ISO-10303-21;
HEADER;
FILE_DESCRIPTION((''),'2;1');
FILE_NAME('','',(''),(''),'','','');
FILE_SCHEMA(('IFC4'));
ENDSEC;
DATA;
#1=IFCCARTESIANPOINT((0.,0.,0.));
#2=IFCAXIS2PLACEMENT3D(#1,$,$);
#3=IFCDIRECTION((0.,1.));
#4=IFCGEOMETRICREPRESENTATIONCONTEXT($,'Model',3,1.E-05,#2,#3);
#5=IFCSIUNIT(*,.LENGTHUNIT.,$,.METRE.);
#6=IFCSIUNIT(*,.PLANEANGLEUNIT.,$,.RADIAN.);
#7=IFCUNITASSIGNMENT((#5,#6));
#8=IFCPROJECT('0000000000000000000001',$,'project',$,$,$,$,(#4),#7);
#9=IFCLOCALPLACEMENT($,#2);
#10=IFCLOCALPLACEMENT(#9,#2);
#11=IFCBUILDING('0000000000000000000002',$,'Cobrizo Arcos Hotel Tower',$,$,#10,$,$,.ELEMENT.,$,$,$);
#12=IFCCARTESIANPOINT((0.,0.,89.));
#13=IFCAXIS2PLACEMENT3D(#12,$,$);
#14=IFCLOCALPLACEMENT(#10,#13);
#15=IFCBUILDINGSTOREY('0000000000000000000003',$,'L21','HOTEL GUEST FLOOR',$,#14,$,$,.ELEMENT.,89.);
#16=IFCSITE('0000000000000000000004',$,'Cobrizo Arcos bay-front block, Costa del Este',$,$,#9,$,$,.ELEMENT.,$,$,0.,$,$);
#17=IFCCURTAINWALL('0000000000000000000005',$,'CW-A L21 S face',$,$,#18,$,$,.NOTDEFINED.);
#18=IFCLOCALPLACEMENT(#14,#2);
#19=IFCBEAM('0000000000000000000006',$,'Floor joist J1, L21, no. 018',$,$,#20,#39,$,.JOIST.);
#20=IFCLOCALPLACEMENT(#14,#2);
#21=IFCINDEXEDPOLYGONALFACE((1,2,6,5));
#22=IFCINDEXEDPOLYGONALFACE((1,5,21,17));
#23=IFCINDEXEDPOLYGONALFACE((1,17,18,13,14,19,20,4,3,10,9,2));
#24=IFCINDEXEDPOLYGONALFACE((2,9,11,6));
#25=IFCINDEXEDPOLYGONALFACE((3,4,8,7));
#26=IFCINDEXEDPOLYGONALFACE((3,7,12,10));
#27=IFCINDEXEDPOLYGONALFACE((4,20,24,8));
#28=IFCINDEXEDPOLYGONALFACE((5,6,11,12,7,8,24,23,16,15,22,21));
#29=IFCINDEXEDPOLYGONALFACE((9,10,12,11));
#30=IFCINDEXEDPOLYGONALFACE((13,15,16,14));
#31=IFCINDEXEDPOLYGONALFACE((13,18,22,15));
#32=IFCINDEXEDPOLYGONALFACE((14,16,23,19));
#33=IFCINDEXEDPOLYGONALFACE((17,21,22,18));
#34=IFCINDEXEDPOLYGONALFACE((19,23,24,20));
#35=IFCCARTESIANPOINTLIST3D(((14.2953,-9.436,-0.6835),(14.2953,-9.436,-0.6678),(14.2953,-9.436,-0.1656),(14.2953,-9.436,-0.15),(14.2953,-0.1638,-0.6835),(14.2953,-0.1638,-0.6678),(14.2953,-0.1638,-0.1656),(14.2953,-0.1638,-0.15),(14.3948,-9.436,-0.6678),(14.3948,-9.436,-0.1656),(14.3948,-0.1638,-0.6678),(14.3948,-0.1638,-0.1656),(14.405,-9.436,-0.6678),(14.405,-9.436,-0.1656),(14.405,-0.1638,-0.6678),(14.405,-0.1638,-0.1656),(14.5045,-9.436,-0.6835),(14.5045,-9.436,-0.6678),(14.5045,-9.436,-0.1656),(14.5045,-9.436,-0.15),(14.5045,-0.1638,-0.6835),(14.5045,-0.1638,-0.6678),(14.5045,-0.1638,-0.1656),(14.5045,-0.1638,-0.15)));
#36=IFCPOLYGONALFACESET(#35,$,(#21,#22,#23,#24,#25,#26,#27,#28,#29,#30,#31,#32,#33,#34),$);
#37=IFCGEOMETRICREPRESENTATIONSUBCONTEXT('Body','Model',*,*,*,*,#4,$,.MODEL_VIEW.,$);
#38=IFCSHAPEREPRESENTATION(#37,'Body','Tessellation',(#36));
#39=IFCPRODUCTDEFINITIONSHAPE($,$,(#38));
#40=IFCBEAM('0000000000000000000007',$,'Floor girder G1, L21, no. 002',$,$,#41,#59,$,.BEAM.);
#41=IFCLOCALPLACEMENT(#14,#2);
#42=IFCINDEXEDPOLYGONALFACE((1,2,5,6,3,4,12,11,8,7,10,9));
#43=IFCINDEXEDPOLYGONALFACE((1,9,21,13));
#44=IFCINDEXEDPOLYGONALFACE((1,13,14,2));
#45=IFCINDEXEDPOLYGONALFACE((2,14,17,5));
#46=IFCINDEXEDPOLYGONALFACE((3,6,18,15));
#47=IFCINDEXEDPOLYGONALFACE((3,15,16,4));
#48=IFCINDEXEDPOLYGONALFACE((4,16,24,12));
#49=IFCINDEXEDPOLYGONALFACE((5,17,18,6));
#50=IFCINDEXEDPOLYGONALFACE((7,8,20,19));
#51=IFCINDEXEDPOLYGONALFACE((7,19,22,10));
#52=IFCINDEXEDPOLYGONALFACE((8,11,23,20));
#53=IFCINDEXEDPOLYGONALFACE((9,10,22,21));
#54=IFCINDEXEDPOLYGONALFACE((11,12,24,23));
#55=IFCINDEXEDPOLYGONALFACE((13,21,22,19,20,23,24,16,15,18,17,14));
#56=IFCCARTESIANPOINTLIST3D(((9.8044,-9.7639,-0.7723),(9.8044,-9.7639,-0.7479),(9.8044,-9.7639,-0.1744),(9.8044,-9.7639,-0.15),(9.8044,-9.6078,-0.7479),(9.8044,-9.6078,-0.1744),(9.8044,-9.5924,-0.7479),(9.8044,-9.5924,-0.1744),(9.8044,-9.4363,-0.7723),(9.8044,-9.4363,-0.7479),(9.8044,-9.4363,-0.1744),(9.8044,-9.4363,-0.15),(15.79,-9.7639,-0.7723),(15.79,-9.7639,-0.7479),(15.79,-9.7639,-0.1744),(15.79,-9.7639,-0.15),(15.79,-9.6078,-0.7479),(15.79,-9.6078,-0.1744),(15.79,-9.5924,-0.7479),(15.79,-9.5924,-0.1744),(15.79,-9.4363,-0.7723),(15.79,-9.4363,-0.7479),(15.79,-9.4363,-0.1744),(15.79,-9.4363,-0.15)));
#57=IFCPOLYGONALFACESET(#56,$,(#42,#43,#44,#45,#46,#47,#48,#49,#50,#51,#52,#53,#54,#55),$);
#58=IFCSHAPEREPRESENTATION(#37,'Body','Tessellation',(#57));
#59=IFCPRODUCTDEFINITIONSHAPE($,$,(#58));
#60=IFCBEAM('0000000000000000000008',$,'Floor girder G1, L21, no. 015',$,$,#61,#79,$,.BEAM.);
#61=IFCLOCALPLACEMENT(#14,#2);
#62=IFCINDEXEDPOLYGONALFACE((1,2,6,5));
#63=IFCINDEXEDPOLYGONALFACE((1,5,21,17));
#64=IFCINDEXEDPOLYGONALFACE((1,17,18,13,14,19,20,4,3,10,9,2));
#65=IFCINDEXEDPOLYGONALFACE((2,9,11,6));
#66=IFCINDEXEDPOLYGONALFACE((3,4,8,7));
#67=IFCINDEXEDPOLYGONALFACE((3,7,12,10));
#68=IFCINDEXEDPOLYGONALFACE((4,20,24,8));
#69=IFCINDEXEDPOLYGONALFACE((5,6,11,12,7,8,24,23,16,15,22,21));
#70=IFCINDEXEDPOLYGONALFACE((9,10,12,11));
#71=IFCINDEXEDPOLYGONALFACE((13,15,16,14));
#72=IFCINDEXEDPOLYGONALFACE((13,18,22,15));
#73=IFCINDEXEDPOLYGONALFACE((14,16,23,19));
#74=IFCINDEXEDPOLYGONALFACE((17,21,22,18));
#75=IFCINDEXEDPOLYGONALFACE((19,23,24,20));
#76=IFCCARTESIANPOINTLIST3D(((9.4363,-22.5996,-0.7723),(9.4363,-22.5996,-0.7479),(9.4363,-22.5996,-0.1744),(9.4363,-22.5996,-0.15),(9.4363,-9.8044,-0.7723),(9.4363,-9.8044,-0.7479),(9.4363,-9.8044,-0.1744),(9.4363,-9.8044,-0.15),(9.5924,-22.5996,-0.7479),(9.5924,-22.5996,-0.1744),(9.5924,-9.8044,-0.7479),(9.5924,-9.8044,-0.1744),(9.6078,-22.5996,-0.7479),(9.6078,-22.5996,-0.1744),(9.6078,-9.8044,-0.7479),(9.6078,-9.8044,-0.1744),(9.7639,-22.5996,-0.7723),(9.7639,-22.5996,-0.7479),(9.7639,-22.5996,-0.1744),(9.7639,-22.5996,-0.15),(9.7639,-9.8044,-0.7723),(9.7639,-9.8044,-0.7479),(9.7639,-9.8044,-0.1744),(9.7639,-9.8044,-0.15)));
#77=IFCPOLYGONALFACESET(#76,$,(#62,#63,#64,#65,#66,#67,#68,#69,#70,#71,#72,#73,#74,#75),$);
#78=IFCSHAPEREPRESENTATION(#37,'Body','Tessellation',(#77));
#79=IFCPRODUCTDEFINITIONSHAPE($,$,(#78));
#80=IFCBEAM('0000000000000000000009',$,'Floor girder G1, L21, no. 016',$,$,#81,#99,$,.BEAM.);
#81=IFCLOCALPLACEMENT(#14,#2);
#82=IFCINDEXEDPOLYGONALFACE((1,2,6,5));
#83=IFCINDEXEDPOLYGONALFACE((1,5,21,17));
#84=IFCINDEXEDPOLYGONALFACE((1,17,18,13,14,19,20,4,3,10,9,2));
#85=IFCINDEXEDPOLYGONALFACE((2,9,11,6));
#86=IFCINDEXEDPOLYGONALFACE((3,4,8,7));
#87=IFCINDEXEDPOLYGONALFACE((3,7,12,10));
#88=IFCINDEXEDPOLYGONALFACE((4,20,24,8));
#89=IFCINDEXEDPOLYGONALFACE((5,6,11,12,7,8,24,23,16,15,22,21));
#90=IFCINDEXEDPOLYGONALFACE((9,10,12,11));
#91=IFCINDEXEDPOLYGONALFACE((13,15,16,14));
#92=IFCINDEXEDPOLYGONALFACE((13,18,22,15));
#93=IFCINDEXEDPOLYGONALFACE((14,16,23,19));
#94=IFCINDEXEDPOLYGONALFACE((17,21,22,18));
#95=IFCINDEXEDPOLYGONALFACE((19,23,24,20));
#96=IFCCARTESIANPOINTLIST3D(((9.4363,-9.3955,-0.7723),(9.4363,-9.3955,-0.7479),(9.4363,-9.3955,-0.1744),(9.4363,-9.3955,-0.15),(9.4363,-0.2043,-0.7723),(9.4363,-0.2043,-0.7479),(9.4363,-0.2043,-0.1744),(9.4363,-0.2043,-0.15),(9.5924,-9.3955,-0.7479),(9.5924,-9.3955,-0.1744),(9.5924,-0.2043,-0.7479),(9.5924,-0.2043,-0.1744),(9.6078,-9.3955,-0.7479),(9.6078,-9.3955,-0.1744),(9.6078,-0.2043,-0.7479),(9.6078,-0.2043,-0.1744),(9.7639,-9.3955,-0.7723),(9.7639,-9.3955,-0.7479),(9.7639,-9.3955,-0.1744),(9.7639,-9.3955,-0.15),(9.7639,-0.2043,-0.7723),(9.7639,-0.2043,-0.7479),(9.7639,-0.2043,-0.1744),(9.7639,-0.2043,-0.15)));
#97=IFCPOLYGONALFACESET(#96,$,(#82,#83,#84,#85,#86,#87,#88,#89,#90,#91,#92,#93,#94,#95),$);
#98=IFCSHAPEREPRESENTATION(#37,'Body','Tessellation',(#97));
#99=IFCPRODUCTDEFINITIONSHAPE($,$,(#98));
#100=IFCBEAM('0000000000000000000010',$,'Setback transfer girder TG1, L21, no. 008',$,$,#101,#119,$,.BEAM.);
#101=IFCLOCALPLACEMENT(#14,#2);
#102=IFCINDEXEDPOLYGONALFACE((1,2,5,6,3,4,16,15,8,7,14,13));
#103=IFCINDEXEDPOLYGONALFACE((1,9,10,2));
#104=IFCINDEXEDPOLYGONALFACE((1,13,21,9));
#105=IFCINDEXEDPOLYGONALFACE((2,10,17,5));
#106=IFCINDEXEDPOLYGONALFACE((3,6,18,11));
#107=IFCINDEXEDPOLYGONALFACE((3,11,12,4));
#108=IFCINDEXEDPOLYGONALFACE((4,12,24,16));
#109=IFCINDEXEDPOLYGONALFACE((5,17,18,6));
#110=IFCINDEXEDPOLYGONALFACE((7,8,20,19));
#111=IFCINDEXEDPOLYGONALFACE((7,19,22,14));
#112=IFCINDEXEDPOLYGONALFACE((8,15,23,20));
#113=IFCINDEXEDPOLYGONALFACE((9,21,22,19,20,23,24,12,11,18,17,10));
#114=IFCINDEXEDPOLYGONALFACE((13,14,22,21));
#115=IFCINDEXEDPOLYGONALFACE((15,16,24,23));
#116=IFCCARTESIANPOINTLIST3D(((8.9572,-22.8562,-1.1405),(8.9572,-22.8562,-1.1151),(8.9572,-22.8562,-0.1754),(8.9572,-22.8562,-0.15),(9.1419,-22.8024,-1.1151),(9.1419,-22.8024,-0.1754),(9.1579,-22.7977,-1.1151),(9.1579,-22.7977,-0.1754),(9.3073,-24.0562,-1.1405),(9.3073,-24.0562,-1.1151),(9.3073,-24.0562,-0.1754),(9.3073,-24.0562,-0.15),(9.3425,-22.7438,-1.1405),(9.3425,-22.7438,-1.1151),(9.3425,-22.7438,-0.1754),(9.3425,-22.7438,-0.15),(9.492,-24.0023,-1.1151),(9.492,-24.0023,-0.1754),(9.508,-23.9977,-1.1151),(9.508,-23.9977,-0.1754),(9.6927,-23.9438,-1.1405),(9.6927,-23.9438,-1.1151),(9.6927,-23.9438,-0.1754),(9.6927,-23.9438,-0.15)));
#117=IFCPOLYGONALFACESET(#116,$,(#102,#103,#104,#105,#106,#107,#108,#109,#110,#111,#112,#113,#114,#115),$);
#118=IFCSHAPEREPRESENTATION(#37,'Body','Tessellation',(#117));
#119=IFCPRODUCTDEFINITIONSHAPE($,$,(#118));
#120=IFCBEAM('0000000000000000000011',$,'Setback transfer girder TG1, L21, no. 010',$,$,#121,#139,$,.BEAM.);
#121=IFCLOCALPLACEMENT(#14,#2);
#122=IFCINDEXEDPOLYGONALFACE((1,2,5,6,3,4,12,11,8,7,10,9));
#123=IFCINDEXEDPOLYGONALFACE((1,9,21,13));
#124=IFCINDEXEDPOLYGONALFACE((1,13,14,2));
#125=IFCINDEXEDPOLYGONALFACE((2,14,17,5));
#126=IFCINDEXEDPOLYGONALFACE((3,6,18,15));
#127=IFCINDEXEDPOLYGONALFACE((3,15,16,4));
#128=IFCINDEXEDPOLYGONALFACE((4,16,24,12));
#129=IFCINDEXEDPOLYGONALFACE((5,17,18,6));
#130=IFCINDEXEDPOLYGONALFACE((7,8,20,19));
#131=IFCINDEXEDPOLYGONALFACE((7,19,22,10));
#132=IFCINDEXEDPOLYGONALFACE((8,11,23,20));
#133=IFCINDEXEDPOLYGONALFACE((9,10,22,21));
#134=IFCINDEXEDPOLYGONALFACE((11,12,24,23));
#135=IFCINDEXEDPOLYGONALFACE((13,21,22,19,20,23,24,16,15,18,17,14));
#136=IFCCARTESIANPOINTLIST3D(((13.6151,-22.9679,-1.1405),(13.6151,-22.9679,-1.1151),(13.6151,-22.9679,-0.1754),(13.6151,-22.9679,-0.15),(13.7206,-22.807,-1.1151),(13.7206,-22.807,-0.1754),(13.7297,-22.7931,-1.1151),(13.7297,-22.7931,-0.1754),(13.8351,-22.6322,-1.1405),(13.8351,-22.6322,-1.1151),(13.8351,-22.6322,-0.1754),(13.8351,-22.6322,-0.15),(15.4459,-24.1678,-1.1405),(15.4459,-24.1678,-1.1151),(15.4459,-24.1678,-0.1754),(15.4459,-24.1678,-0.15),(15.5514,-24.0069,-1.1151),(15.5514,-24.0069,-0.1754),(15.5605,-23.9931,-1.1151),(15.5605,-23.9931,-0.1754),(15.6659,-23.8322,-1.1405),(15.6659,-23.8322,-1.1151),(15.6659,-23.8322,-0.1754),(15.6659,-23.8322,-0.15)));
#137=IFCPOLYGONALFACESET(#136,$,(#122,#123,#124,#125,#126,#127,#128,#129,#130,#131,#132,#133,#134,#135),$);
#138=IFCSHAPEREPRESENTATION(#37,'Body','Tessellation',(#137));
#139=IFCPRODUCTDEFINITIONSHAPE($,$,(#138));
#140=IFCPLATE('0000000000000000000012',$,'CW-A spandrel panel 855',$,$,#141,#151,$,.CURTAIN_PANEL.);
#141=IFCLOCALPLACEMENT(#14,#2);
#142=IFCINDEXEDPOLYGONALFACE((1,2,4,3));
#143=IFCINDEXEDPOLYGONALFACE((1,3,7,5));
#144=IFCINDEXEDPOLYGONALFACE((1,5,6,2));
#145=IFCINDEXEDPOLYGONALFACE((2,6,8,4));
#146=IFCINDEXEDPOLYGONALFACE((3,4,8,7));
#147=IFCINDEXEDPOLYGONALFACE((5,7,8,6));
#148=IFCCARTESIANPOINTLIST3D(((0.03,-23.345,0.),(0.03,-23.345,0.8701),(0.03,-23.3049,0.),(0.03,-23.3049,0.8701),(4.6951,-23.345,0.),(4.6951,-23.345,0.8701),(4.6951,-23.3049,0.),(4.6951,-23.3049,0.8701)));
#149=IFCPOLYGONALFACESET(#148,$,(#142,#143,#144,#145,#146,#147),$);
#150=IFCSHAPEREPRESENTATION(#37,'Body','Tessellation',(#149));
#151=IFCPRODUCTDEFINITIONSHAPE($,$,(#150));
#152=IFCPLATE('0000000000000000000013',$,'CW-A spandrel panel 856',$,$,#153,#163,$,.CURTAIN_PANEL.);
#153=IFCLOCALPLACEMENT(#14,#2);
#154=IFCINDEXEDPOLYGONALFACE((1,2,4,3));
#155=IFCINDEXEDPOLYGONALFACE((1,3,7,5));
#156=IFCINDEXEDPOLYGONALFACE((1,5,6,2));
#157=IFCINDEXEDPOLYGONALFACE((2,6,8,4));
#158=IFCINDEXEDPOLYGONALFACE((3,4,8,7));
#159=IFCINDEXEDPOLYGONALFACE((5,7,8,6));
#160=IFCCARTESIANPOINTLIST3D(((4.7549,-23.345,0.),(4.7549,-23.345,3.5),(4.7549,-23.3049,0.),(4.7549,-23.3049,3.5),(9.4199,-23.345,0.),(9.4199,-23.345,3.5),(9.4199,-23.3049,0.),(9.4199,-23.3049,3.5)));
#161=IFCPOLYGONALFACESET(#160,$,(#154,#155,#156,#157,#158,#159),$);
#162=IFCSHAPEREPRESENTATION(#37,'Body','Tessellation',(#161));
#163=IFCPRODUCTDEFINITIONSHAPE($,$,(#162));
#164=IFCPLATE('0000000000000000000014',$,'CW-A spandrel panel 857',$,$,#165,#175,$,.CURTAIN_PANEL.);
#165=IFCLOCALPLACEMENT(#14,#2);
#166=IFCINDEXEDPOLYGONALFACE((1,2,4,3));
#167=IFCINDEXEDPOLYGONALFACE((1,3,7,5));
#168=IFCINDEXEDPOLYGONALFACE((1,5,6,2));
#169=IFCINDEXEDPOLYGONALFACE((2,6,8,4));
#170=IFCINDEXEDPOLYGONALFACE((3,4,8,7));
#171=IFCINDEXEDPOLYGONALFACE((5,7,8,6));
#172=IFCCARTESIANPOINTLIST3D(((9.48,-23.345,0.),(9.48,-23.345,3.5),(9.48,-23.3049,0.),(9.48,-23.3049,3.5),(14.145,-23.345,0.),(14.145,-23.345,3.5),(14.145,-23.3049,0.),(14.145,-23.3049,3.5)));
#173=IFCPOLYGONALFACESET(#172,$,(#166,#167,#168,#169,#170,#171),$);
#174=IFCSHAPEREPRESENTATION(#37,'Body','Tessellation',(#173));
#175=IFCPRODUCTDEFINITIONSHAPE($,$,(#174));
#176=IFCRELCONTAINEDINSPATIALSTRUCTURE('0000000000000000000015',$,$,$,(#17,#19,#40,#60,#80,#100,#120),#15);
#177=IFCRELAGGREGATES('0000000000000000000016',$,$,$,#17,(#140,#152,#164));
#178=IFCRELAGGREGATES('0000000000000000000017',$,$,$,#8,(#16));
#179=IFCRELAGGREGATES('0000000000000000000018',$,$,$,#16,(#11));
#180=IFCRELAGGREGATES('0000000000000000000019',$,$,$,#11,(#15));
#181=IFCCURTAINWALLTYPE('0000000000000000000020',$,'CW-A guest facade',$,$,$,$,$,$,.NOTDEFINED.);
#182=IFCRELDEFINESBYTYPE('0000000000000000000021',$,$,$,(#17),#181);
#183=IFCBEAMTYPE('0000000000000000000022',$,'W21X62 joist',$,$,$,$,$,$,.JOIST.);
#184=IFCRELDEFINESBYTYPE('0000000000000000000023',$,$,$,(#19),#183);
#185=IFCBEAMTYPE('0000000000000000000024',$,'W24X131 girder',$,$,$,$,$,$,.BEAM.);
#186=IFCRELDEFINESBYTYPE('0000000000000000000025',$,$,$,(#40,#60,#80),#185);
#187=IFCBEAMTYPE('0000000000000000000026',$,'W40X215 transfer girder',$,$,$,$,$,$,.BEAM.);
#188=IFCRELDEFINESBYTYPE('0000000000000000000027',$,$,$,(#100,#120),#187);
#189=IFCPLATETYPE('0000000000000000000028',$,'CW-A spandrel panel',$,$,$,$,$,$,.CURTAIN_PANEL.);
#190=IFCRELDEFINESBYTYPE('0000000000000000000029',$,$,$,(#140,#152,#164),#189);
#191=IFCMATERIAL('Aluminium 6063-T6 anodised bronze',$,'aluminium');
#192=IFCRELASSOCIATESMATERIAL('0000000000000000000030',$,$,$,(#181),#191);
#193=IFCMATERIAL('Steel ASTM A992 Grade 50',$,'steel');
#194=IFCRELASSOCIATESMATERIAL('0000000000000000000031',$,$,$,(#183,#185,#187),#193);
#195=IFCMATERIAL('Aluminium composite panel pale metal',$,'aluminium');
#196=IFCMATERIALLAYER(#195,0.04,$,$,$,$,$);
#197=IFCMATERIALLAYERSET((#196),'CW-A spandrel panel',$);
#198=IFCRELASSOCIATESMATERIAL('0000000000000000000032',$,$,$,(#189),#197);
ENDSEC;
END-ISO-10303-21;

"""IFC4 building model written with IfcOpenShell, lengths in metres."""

from ifc_helpers import new_model, si_unit, direction, frame, origin, origin_2d, place, context, subcontext, project, spatial, rectangle, i_section, extrude, material, layer, layer_set, material_profile, profile_set, type_object, element, aggregate, save


model = new_model("IFC4")

# Units and contexts
model_context = context("Model", 3, precision=1e-05, world=origin(), true_north=direction((0.0, 1.0)))
body_context = subcontext(model_context, "Body", "Model", "MODEL_VIEW")
ifc_project = project(units=[si_unit("LENGTHUNIT", "METRE"), si_unit("PLANEANGLEUNIT", "RADIAN")], contexts=[model_context])

# Site, building, storey
site_placement = place(None, origin())
site = spatial("IfcSite", under=ifc_project, at=site_placement, Name="Cobrizo Arcos bay-front block, Costa del Este", CompositionType="ELEMENT", RefElevation=0.0)
building_placement = place(site_placement, origin())
building = spatial("IfcBuilding", under=site, at=building_placement, Name="Cobrizo Arcos Hotel Tower", CompositionType="ELEMENT")
storey_placement = place(building_placement, frame((0.0, 0.0, 89.0)))
storey = spatial("IfcBuildingStorey", under=building, at=storey_placement, Name="L21", Description="HOTEL GUEST FLOOR", CompositionType="ELEMENT", Elevation=89.0)

# Shared definitions
ifc_material_1 = material(Name="Steel ASTM A992 Grade 50", Category="steel")

# Curtain wall
ifc_material_2 = material(Name="Aluminium 6063-T6 anodised bronze", Category="aluminium")
curtain_wall_type = type_object("IfcCurtainWallType", Name="CW-A guest facade", PredefinedType="NOTDEFINED", material=ifc_material_2)
curtain_wall_placement = place(storey_placement, origin())
curtain_wall = element("IfcCurtainWall", 1, at=curtain_wall_placement, inside=storey, type_object=curtain_wall_type, Name="CW-A L21 S face", PredefinedType="NOTDEFINED")

# Beams
ifc_material_profile_1 = material_profile(ifc_material_1, i_section(OverallWidth=0.2092, OverallDepth=0.5334, WebThickness=0.0103, FlangeThickness=0.0156, at=origin_2d()), Name="W21X62")
ifc_profile_set_1 = profile_set([ifc_material_profile_1], Name="Steel ASTM A992 Grade 50")
beam_type_1 = type_object("IfcBeamType", Name="W21X62 joist", PredefinedType="JOIST", material=ifc_profile_set_1)
beam_1_placement = place(storey_placement, frame((14.3999, -9.436, -0.4167), z_axis=(0.0, 1.0, 0.0), x_axis=(-1.0, 0.0, 0.0)))
element("IfcBeam", 2, at=beam_1_placement, inside=storey, type_object=beam_type_1, Name="Floor joist J1, L21, no. 018", PredefinedType="JOIST", context=body_context, shape_type="SweptSolid", body=[
    extrude(i_section(OverallWidth=0.2092, OverallDepth=0.5334, WebThickness=0.0103, FlangeThickness=0.0156, at=origin_2d()), origin(), (0.0, 0.0, 1.0), 9.2722),
])
ifc_material_profile_2 = material_profile(ifc_material_1, i_section(OverallWidth=0.3276, OverallDepth=0.6223, WebThickness=0.0154, FlangeThickness=0.0244, at=origin_2d()), Name="W24X131")
ifc_profile_set_2 = profile_set([ifc_material_profile_2], Name="Steel ASTM A992 Grade 50")
beam_type_2 = type_object("IfcBeamType", Name="W24X131 girder", PredefinedType="BEAM", material=ifc_profile_set_2)
beam_2_placement = place(storey_placement, frame((9.8044, -9.6001, -0.4612), z_axis=(1.0, 0.0, 0.0), x_axis=(0.0, 1.0, 0.0)))
element("IfcBeam", 3, at=beam_2_placement, inside=storey, type_object=beam_type_2, Name="Floor girder G1, L21, no. 002", PredefinedType="BEAM", context=body_context, shape_type="SweptSolid", body=[
    extrude(i_section(OverallWidth=0.3276, OverallDepth=0.6223, WebThickness=0.0154, FlangeThickness=0.0244, at=origin_2d()), origin(), (0.0, 0.0, 1.0), 5.9856),
])
beam_3_placement = place(storey_placement, frame((9.6001, -22.5996, -0.4612), z_axis=(0.0, 1.0, 0.0), x_axis=(-1.0, 0.0, 0.0)))
element("IfcBeam", 4, at=beam_3_placement, inside=storey, type_object=beam_type_2, Name="Floor girder G1, L21, no. 015", PredefinedType="BEAM", context=body_context, shape_type="SweptSolid", body=[
    extrude(i_section(OverallWidth=0.3276, OverallDepth=0.6223, WebThickness=0.0154, FlangeThickness=0.0244, at=origin_2d()), origin(), (0.0, 0.0, 1.0), 12.7952),
])
beam_4_placement = place(storey_placement, frame((9.6001, -9.3955, -0.4612), z_axis=(0.0, 1.0, 0.0), x_axis=(-1.0, 0.0, 0.0)))
element("IfcBeam", 5, at=beam_4_placement, inside=storey, type_object=beam_type_2, Name="Floor girder G1, L21, no. 016", PredefinedType="BEAM", context=body_context, shape_type="SweptSolid", body=[
    extrude(i_section(OverallWidth=0.3276, OverallDepth=0.6223, WebThickness=0.0154, FlangeThickness=0.0244, at=origin_2d()), origin(), (0.0, 0.0, 1.0), 9.1912),
])
ifc_material_profile_3 = material_profile(ifc_material_1, i_section(OverallWidth=0.4014, OverallDepth=0.9905, WebThickness=0.0166, FlangeThickness=0.0254, at=origin_2d()), Name="W40X215")
ifc_profile_set_3 = profile_set([ifc_material_profile_3], Name="Steel ASTM A992 Grade 50")
beam_type_3 = type_object("IfcBeamType", Name="W40X215 transfer girder", PredefinedType="BEAM", material=ifc_profile_set_3)
beam_5_placement = place(storey_placement, frame((9.5, -24.0, -0.6453), z_axis=(-0.280083, 0.959976, 0.0), x_axis=(-0.959976, -0.280083, 0.0)))
element("IfcBeam", 6, at=beam_5_placement, inside=storey, type_object=beam_type_3, Name="Setback transfer girder TG1, L21, no. 008", PredefinedType="BEAM", context=body_context, shape_type="SweptSolid", body=[
    extrude(i_section(OverallWidth=0.4014, OverallDepth=0.9905, WebThickness=0.0166, FlangeThickness=0.0254, at=origin_2d()), origin(), (0.0, 0.0, 1.0), 1.25),
])
beam_6_placement = place(storey_placement, frame((15.5559, -24.0, -0.6453), z_axis=(-0.836366, 0.548172, 0.0), x_axis=(-0.548172, -0.836366, 0.0)))
element("IfcBeam", 7, at=beam_6_placement, inside=storey, type_object=beam_type_3, Name="Setback transfer girder TG1, L21, no. 010", PredefinedType="BEAM", context=body_context, shape_type="SweptSolid", body=[
    extrude(i_section(OverallWidth=0.4014, OverallDepth=0.9905, WebThickness=0.0166, FlangeThickness=0.0254, at=origin_2d()), origin(), (0.0, 0.0, 1.0), 2.189),
])

# Plates
ifc_material_3 = material(Name="Aluminium composite panel pale metal", Category="aluminium")
ifc_layer_1 = layer(ifc_material_3, 0.04)
ifc_layer_set_1 = layer_set([ifc_layer_1], Name="CW-A spandrel panel")
plate_type = type_object("IfcPlateType", Name="CW-A spandrel panel", PredefinedType="CURTAIN_PANEL", material=ifc_layer_set_1)
plate_1_placement = place(storey_placement, frame((2.3625, -23.325, 0.0), z_axis=(0.0, 0.0, 1.0), x_axis=(1.0, 0.0, 0.0)))
plate_1 = element("IfcPlate", 8, at=plate_1_placement, type_object=plate_type, Name="CW-A spandrel panel 855", PredefinedType="CURTAIN_PANEL", context=body_context, shape_type="SweptSolid", body=[
    extrude(rectangle(XDim=4.665, YDim=0.04, at=origin_2d()), origin(), (0.0, 0.0, 1.0), 0.8701),
])
plate_2_placement = place(storey_placement, frame((7.0874, -23.325, 0.0), z_axis=(0.0, 0.0, 1.0), x_axis=(1.0, 0.0, 0.0)))
plate_2 = element("IfcPlate", 9, at=plate_2_placement, type_object=plate_type, Name="CW-A spandrel panel 856", PredefinedType="CURTAIN_PANEL", context=body_context, shape_type="SweptSolid", body=[
    extrude(rectangle(XDim=4.665, YDim=0.04, at=origin_2d()), origin(), (0.0, 0.0, 1.0), 3.5),
])
plate_3_placement = place(storey_placement, frame((11.8125, -23.325, 0.0), z_axis=(0.0, 0.0, 1.0), x_axis=(1.0, 0.0, 0.0)))
plate_3 = element("IfcPlate", 10, at=plate_3_placement, type_object=plate_type, Name="CW-A spandrel panel 857", PredefinedType="CURTAIN_PANEL", context=body_context, shape_type="SweptSolid", body=[
    extrude(rectangle(XDim=4.665, YDim=0.04, at=origin_2d()), origin(), (0.0, 0.0, 1.0), 3.5),
])
aggregate(curtain_wall, [plate_1, plate_2, plate_3])

save(model, "model.ifc")
